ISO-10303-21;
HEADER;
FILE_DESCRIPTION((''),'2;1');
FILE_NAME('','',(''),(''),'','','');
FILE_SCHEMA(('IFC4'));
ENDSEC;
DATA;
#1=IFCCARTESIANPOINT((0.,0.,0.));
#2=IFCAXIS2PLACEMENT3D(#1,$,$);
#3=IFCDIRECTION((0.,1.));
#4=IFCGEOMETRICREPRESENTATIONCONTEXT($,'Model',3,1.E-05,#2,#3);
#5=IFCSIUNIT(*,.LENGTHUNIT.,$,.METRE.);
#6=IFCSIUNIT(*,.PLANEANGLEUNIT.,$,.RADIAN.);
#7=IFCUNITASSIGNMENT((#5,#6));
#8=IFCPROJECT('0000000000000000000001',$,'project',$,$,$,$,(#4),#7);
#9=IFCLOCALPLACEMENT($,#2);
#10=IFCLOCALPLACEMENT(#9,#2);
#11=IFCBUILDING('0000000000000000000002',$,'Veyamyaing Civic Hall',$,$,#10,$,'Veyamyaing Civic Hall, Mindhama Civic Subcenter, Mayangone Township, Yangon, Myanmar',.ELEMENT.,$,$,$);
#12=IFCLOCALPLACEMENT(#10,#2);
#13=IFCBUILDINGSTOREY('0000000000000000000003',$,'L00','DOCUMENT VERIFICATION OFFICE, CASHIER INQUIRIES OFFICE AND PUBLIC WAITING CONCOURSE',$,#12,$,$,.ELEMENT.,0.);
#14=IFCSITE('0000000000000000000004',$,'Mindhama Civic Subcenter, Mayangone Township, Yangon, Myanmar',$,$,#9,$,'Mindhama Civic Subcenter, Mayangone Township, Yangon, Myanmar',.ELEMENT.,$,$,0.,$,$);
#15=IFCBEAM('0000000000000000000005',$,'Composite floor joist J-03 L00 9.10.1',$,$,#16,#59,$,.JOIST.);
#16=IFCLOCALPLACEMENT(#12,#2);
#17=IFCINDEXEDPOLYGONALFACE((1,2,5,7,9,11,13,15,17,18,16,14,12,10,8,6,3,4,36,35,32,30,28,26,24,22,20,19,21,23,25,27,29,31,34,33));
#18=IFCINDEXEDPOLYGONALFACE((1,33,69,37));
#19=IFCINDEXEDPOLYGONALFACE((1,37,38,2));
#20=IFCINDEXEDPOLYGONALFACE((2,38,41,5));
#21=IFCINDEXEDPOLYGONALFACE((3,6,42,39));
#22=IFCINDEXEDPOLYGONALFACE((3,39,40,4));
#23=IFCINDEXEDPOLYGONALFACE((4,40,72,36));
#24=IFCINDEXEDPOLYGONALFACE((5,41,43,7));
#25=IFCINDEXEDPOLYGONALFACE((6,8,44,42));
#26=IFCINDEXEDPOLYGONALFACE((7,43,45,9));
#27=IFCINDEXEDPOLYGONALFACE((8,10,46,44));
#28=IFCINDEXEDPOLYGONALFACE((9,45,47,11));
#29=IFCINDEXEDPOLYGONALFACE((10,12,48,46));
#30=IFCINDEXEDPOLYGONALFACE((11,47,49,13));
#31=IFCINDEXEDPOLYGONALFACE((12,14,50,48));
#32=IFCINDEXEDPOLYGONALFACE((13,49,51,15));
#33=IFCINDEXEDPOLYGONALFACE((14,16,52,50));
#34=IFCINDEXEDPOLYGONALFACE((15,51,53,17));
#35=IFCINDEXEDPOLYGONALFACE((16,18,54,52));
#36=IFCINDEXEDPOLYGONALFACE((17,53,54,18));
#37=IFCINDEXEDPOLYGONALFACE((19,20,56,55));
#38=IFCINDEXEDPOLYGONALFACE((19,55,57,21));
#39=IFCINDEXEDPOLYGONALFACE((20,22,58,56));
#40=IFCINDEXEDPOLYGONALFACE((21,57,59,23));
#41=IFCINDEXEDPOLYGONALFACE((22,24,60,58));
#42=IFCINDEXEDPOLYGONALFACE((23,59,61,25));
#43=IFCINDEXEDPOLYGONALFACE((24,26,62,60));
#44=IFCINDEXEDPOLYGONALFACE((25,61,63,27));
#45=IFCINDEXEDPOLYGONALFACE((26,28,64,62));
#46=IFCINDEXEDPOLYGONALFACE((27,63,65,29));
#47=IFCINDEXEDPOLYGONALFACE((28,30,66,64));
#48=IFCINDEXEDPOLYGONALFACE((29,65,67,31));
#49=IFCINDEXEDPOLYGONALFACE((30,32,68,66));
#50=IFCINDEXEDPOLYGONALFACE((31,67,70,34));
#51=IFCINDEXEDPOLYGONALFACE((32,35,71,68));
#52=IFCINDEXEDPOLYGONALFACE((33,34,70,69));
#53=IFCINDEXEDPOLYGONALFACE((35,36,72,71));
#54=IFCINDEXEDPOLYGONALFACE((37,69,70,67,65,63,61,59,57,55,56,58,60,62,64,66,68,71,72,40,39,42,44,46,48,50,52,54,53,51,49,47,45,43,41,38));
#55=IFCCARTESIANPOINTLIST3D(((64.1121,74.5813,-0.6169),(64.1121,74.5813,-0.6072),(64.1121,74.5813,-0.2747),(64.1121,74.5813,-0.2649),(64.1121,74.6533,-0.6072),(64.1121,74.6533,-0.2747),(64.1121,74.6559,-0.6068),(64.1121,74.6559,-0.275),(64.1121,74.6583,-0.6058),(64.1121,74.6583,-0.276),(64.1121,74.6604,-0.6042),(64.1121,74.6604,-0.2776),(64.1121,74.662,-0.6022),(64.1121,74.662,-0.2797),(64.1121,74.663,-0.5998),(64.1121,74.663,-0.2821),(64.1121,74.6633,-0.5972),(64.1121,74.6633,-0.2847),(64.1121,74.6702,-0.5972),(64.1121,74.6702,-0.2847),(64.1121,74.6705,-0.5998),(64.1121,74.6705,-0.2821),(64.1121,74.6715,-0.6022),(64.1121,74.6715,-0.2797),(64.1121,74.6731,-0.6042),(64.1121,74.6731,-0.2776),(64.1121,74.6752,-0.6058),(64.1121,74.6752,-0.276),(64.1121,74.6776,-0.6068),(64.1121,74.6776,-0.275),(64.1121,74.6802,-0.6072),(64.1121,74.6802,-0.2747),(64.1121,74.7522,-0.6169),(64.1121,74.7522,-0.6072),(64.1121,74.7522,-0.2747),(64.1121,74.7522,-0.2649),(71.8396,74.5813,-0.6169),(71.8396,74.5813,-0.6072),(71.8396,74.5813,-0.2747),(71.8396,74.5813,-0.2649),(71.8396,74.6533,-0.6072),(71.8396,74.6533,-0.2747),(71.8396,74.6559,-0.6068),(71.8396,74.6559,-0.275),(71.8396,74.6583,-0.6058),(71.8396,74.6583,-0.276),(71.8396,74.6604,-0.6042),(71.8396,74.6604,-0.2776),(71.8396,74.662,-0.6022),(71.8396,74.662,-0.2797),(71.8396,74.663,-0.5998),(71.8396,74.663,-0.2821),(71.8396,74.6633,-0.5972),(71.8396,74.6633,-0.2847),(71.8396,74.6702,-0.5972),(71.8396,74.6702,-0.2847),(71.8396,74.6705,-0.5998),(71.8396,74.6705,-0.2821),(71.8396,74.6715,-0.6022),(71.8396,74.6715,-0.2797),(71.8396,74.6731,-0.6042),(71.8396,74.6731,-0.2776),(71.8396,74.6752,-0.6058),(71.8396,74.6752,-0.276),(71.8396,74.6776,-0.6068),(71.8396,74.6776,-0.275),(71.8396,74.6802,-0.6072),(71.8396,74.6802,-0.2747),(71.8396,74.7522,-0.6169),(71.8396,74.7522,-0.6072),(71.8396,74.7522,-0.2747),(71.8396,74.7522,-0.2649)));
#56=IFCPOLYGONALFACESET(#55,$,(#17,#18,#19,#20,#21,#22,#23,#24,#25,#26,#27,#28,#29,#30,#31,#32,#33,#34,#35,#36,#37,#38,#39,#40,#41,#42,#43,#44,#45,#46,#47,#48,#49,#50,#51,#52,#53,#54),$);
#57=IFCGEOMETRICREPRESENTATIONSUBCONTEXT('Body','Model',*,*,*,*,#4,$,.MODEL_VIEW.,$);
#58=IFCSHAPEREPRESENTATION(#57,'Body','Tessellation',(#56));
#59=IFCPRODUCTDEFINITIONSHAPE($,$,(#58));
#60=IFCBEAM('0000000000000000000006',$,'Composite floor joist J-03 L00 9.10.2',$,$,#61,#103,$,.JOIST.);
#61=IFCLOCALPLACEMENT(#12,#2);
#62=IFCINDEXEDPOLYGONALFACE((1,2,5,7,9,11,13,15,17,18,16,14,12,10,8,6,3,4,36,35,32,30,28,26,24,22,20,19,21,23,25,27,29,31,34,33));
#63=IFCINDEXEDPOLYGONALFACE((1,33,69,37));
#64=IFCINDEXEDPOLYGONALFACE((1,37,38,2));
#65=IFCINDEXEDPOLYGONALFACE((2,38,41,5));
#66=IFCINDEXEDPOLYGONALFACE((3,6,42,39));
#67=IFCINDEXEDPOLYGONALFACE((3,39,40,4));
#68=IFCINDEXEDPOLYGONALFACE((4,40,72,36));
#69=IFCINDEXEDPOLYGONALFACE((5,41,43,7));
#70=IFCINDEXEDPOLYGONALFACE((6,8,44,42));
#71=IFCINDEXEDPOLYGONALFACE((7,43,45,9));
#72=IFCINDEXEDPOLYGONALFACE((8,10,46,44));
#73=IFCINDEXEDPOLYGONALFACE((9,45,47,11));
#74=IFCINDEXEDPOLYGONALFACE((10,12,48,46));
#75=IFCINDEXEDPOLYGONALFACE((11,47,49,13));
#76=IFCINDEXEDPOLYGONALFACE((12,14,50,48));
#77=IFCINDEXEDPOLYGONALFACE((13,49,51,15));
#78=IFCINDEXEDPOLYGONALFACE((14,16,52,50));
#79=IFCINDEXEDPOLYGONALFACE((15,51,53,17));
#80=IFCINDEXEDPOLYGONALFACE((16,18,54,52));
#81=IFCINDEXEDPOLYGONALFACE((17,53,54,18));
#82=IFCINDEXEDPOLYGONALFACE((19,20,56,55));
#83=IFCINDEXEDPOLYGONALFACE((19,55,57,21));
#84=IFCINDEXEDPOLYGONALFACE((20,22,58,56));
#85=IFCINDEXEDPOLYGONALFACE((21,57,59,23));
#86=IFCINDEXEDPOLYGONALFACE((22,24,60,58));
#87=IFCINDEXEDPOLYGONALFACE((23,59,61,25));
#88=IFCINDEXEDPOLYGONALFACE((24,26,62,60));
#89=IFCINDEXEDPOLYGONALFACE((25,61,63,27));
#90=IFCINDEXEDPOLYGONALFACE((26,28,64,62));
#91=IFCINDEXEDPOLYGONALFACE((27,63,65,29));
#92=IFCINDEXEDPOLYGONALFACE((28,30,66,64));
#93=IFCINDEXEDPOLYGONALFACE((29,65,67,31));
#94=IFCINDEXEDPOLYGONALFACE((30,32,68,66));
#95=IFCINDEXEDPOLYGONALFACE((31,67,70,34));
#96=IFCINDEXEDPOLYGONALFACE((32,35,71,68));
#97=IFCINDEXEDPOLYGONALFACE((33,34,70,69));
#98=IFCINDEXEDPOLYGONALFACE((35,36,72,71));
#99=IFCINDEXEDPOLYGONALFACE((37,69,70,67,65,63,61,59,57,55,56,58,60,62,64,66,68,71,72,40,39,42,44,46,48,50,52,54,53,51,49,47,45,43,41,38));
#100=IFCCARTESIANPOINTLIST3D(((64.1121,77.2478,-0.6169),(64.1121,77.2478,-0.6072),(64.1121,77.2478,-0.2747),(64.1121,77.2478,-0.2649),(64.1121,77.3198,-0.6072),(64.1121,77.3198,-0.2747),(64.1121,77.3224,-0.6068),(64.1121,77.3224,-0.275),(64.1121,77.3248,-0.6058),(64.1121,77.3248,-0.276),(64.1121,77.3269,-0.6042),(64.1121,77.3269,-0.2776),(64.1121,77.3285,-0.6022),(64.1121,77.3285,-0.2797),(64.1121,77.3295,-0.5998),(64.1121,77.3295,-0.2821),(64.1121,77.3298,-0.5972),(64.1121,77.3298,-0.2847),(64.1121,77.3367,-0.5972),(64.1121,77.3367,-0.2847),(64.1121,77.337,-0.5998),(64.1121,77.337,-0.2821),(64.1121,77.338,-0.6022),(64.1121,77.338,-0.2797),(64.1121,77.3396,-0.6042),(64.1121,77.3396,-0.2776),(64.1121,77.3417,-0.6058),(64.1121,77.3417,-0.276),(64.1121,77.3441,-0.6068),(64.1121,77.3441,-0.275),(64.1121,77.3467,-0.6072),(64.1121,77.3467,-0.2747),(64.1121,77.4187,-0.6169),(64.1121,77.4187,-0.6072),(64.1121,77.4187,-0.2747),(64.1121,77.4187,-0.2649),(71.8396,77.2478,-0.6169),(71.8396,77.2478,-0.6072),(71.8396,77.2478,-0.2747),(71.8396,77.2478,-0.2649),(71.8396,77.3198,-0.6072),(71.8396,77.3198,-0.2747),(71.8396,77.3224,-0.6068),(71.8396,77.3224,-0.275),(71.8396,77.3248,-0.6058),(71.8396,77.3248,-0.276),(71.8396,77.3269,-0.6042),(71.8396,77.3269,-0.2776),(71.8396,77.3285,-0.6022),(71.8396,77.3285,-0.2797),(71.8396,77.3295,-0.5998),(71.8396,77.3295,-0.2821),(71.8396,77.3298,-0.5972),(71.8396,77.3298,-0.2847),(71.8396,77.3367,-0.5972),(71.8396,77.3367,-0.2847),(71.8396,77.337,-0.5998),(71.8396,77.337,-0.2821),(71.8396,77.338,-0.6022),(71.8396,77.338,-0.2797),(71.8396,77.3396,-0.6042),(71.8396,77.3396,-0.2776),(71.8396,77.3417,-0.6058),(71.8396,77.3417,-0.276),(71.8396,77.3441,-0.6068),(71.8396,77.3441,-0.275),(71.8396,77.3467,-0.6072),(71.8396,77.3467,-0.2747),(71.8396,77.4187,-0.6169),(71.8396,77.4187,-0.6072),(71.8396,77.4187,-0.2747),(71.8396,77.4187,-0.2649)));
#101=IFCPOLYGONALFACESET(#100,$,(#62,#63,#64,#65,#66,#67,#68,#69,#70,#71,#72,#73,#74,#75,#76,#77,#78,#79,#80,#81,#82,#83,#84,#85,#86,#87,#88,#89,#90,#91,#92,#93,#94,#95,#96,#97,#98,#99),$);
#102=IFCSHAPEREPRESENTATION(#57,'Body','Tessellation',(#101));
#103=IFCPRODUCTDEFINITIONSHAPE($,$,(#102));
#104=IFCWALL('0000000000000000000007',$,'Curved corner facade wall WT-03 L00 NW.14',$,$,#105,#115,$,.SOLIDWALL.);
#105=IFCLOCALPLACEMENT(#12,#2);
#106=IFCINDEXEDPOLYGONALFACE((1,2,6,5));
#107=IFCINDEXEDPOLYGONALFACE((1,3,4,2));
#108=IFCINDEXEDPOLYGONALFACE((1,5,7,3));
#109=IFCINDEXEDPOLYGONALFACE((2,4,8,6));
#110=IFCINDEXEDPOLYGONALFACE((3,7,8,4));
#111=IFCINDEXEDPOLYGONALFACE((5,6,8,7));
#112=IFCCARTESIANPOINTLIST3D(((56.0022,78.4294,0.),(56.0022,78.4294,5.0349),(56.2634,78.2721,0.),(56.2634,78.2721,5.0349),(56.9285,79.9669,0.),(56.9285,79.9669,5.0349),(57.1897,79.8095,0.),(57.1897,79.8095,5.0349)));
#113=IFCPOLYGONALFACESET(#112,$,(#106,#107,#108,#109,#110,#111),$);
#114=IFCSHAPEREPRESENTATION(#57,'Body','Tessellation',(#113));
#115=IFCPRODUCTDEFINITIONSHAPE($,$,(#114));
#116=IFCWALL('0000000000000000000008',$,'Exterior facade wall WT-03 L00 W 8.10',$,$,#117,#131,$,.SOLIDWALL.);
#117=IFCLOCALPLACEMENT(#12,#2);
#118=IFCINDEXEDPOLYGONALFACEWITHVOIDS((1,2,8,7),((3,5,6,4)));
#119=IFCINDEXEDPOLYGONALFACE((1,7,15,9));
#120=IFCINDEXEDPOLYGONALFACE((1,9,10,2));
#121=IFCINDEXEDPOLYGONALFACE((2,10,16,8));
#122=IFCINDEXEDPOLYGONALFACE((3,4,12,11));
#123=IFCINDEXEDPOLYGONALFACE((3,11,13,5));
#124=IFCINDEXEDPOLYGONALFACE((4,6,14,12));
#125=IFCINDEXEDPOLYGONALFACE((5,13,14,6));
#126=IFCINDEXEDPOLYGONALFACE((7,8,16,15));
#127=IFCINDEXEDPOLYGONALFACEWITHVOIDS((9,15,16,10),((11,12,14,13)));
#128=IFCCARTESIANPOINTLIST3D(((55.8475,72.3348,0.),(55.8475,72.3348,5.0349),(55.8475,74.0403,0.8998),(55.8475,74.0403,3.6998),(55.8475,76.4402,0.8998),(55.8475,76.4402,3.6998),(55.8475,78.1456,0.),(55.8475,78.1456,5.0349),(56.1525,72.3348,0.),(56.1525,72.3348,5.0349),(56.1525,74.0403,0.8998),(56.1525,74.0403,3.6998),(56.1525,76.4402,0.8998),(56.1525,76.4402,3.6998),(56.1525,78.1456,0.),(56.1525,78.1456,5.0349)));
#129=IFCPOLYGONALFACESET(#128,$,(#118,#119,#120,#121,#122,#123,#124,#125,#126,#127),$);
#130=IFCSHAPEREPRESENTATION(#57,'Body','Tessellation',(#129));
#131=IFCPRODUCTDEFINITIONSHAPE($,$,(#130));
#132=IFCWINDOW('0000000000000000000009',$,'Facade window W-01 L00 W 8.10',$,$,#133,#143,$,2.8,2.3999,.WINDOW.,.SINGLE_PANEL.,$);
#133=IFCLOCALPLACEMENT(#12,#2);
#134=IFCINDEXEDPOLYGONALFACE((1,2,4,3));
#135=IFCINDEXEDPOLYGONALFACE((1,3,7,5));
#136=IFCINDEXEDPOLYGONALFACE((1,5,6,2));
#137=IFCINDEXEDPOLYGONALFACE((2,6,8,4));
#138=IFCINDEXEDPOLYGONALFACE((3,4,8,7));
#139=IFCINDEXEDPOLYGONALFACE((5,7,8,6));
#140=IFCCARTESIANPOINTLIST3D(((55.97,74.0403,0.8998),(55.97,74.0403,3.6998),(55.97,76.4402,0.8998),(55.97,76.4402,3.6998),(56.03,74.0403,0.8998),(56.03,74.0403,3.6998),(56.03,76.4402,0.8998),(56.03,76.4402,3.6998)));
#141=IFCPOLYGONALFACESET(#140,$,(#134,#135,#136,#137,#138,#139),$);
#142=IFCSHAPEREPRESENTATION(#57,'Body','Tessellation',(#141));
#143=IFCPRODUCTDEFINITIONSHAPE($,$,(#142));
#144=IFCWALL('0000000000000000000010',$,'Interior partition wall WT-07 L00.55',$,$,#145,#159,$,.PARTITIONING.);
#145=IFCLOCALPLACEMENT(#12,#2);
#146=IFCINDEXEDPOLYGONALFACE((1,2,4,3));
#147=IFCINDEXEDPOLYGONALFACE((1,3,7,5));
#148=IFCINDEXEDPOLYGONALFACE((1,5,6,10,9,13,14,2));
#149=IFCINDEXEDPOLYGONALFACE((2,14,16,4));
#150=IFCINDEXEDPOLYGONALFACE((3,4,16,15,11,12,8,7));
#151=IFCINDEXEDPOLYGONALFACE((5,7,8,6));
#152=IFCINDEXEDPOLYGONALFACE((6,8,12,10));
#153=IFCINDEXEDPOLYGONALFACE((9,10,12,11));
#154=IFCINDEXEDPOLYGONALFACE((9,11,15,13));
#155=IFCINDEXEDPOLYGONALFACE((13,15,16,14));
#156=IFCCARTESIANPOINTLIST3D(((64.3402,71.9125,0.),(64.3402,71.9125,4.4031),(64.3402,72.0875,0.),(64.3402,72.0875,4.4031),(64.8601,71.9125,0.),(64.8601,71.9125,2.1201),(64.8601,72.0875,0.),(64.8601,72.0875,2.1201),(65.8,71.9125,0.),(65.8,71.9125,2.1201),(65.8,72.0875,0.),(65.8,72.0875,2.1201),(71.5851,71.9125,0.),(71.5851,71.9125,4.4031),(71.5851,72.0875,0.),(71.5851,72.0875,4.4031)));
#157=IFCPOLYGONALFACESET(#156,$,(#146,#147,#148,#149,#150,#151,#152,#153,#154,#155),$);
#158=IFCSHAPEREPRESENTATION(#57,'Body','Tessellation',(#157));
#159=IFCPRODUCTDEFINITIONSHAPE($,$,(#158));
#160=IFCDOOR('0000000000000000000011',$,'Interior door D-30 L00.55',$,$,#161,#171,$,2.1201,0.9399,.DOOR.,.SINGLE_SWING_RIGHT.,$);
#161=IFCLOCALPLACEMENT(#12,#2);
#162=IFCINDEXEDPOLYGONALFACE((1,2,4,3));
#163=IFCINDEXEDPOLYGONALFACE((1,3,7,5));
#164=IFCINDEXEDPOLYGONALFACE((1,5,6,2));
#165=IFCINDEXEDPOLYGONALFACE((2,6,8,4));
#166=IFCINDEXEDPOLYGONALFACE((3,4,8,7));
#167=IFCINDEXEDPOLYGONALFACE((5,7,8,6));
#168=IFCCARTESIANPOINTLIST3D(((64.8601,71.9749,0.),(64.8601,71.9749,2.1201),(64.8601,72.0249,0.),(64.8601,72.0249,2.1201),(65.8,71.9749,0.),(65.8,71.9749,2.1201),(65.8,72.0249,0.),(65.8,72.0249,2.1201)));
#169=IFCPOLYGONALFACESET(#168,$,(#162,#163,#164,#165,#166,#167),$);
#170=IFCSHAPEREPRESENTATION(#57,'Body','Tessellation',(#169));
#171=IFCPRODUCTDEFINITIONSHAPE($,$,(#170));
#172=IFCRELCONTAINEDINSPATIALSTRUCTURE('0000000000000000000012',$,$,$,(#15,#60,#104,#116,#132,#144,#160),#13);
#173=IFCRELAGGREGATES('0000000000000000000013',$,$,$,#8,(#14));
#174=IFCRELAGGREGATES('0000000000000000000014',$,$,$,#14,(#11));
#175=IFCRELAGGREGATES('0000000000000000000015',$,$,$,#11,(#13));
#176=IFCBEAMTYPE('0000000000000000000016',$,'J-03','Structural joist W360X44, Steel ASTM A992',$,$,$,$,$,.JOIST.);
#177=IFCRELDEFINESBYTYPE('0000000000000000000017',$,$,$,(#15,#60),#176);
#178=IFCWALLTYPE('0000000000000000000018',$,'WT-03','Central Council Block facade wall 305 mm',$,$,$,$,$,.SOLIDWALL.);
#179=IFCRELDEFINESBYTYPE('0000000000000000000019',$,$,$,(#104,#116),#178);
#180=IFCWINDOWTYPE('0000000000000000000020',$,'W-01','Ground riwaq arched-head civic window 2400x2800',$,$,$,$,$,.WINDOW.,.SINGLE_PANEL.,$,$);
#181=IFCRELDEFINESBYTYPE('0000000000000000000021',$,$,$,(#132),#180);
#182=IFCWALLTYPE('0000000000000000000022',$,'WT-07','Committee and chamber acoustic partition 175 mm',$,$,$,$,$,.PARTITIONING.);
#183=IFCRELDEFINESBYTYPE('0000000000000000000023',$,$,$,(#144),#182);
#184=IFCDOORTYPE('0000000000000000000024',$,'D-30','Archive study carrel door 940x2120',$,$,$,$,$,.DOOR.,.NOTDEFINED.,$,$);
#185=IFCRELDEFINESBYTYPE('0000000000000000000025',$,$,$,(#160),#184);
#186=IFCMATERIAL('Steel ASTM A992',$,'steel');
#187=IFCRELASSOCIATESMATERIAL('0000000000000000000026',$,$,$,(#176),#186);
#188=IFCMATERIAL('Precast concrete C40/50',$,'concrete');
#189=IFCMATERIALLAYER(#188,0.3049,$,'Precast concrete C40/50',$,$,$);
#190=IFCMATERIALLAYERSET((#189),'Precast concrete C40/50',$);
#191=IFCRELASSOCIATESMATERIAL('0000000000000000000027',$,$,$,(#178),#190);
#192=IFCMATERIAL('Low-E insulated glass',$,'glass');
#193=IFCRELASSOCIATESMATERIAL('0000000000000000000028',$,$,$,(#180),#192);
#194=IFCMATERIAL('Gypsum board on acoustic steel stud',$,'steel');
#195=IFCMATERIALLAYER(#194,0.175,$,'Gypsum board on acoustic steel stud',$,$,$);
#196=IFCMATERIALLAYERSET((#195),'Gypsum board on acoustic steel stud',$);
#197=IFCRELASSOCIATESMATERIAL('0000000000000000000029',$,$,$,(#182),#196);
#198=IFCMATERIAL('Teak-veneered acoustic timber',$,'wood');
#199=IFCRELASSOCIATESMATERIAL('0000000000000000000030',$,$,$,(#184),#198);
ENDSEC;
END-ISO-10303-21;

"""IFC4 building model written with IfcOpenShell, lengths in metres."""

from ifc_helpers import new_model, si_unit, direction, frame, frame_2d, origin, origin_2d, place, context, subcontext, project, spatial, rectangle, i_section, extrude, material, layer, layer_set, material_profile, profile_set, type_object, element, fill, save


model = new_model("IFC4")

# Units and contexts
model_context = context("Model", 3, precision=1e-05, world=origin(), true_north=direction((0.0, 1.0)))
body_context = subcontext(model_context, "Body", "Model", "MODEL_VIEW")
ifc_project = project(units=[si_unit("LENGTHUNIT", "METRE"), si_unit("PLANEANGLEUNIT", "RADIAN")], contexts=[model_context])

# Site, building, storey
site_placement = place(None, origin())
site = spatial("IfcSite", under=ifc_project, at=site_placement, Name="Mindhama Civic Subcenter, Mayangone Township, Yangon, Myanmar", LongName="Mindhama Civic Subcenter, Mayangone Township, Yangon, Myanmar", CompositionType="ELEMENT", RefElevation=0.0)
building_placement = place(site_placement, origin())
building = spatial("IfcBuilding", under=site, at=building_placement, Name="Veyamyaing Civic Hall", LongName="Veyamyaing Civic Hall, Mindhama Civic Subcenter, Mayangone Township, Yangon, Myanmar", CompositionType="ELEMENT")
storey_placement = place(building_placement, origin())
storey = spatial("IfcBuildingStorey", under=building, at=storey_placement, Name="L00", Description="DOCUMENT VERIFICATION OFFICE, CASHIER INQUIRIES OFFICE AND PUBLIC WAITING CONCOURSE", CompositionType="ELEMENT", Elevation=0.0)

# Beams
ifc_material_1 = material(Name="Steel ASTM A992", Category="steel")
ifc_material_profile_1 = material_profile(ifc_material_1, i_section(OverallWidth=0.1709, OverallDepth=0.3521, WebThickness=0.0068, FlangeThickness=0.0098, FilletRadius=0.01, at=origin_2d()), Name="W360X44")
ifc_profile_set_1 = profile_set([ifc_material_profile_1], Name="Steel ASTM A992")
beam_type_1 = type_object("IfcBeamType", Name="J-03", Description="Structural joist W360X44, Steel ASTM A992", PredefinedType="JOIST", material=ifc_profile_set_1)
for number, where, z_axis, x_axis, name in (
    (1, (64.1121, 74.6667, -0.4409), (1.0, 0.0, 0.0), (0.0, 1.0, 0.0), "Composite floor joist J-03 L00 9.10.1"),
    (2, (64.1121, 77.3333, -0.4409), (1.0, 0.0, 0.0), (0.0, 1.0, 0.0), "Composite floor joist J-03 L00 9.10.2"),
):
    element("IfcBeam", number, at=place(storey_placement, frame(where, z_axis=z_axis, x_axis=x_axis)), inside=storey, type_object=beam_type_1, Name=name, PredefinedType="JOIST", context=body_context, shape_type="SweptSolid", body=[
        extrude(i_section(OverallWidth=0.1709, OverallDepth=0.3521, WebThickness=0.0068, FlangeThickness=0.0098, FilletRadius=0.01, at=origin_2d()), origin(), (0.0, 0.0, 1.0), 7.7275),
    ])

# Wall
ifc_material_2 = material(Name="Precast concrete C40/50", Category="concrete")
ifc_layer_1 = layer(ifc_material_2, 0.3049, Name="Precast concrete C40/50")
ifc_layer_set_1 = layer_set([ifc_layer_1], Name="Precast concrete C40/50")
wall_type_1 = type_object("IfcWallType", Name="WT-03", Description="Central Council Block facade wall 305 mm", PredefinedType="SOLIDWALL", material=ifc_layer_set_1)
wall_1_placement = place(storey_placement, frame((57.0591, 79.8882, 0.0), z_axis=(0.0, 0.0, 1.0), x_axis=(-0.516075, -0.856543, 0.0)))
element("IfcWall", 3, at=wall_1_placement, inside=storey, type_object=wall_type_1, Name="Curved corner facade wall WT-03 L00 NW.14", PredefinedType="SOLIDWALL", context=body_context, shape_type="SweptSolid", body=[
    extrude(rectangle(XDim=1.7949, YDim=0.3049, at=frame_2d((0.8975, 0.0))), origin(), (0.0, 0.0, 1.0), 5.0349),
])

# Wall, opening, window
wall_2_placement = place(storey_placement, frame((56.0, 72.335, 0.0), z_axis=(0.0, 0.0, 1.0), x_axis=(0.0, 1.0, 0.0)))
wall_2 = element("IfcWall", 4, at=wall_2_placement, inside=storey, type_object=wall_type_1, Name="Exterior facade wall WT-03 L00 W 8.10", PredefinedType="SOLIDWALL", context=body_context, shape_type="SweptSolid", body=[
    extrude(rectangle(XDim=5.8108, YDim=0.3049, at=frame_2d((2.9053, 0.0))), origin(), (0.0, 0.0, 1.0), 5.0349),
])
opening_1_placement = place(wall_2_placement, frame((1.7053, 0.0, 0.8999)))
opening_1 = element("IfcOpeningElement", 5, at=opening_1_placement, cuts=wall_2, PredefinedType="OPENING", context=body_context, shape_type="SweptSolid", body=[
    extrude(rectangle(XDim=2.3999, YDim=2.8, at=frame_2d((1.2, 1.3999))), frame((0.0, 0.1624, 0.0), z_axis=(0.0, -1.0, 0.0), x_axis=(1.0, 0.0, 0.0)), (0.0, 0.0, 1.0), 0.325),
])
ifc_material_3 = material(Name="Low-E insulated glass", Category="glass")
window_type = type_object("IfcWindowType", Name="W-01", Description="Ground riwaq arched-head civic window 2400x2800", PartitioningType="SINGLE_PANEL", PredefinedType="WINDOW", material=ifc_material_3)
window_placement = place(opening_1_placement, origin())
window = element("IfcWindow", 6, at=window_placement, inside=storey, type_object=window_type, Name="Facade window W-01 L00 W 8.10", OverallHeight=2.8, OverallWidth=2.3999, PartitioningType="SINGLE_PANEL", PredefinedType="WINDOW", context=body_context, shape_type="SweptSolid", body=[
    extrude(rectangle(XDim=2.3999, YDim=2.8, at=frame_2d((1.2, 1.3999))), frame((0.0, 0.03, 0.0), z_axis=(0.0, -1.0, 0.0), x_axis=(1.0, 0.0, 0.0)), (0.0, 0.0, 1.0), 0.0601),
])
fill(opening_1, window)

# Wall, opening, door
ifc_material_4 = material(Name="Gypsum board on acoustic steel stud", Category="steel")
ifc_layer_2 = layer(ifc_material_4, 0.175, Name="Gypsum board on acoustic steel stud")
ifc_layer_set_2 = layer_set([ifc_layer_2], Name="Gypsum board on acoustic steel stud")
wall_type_2 = type_object("IfcWallType", Name="WT-07", Description="Committee and chamber acoustic partition 175 mm", PredefinedType="PARTITIONING", material=ifc_layer_set_2)
wall_3_placement = place(storey_placement, frame((64.3401, 72.0, 0.0), z_axis=(0.0, 0.0, 1.0), x_axis=(1.0, 0.0, 0.0)))
wall_3 = element("IfcWall", 7, at=wall_3_placement, inside=storey, type_object=wall_type_2, Name="Interior partition wall WT-07 L00.55", PredefinedType="PARTITIONING", context=body_context, shape_type="SweptSolid", body=[
    extrude(rectangle(XDim=7.2449, YDim=0.175, at=frame_2d((3.6226, 0.0))), origin(), (0.0, 0.0, 1.0), 4.4031),
])
opening_2_placement = place(wall_3_placement, frame((0.52, 0.0, 0.0)))
opening_2 = element("IfcOpeningElement", 8, at=opening_2_placement, cuts=wall_3, PredefinedType="OPENING", context=body_context, shape_type="SweptSolid", body=[
    extrude(rectangle(XDim=0.9399, YDim=2.1201, at=frame_2d((0.47, 1.0601))), frame((0.0, 0.0974, 0.0), z_axis=(0.0, -1.0, 0.0), x_axis=(1.0, 0.0, 0.0)), (0.0, 0.0, 1.0), 0.1951),
])
ifc_material_5 = material(Name="Teak-veneered acoustic timber", Category="wood")
door_type_1 = type_object("IfcDoorType", Name="D-30", Description="Archive study carrel door 940x2120", OperationType="NOTDEFINED", PredefinedType="DOOR", material=ifc_material_5)
door_1_placement = place(opening_2_placement, origin())
door_1 = element("IfcDoor", 9, at=door_1_placement, inside=storey, type_object=door_type_1, Name="Interior door D-30 L00.55", OperationType="SINGLE_SWING_RIGHT", OverallHeight=2.1201, OverallWidth=0.9399, PredefinedType="DOOR", context=body_context, shape_type="SweptSolid", body=[
    extrude(rectangle(XDim=0.9399, YDim=2.1201, at=frame_2d((0.47, 1.0601))), frame((0.0, 0.0249, 0.0), z_axis=(0.0, -1.0, 0.0), x_axis=(1.0, 0.0, 0.0)), (0.0, 0.0, 1.0), 0.05),
])
fill(opening_2, door_1)

save(model, "model.ifc")
